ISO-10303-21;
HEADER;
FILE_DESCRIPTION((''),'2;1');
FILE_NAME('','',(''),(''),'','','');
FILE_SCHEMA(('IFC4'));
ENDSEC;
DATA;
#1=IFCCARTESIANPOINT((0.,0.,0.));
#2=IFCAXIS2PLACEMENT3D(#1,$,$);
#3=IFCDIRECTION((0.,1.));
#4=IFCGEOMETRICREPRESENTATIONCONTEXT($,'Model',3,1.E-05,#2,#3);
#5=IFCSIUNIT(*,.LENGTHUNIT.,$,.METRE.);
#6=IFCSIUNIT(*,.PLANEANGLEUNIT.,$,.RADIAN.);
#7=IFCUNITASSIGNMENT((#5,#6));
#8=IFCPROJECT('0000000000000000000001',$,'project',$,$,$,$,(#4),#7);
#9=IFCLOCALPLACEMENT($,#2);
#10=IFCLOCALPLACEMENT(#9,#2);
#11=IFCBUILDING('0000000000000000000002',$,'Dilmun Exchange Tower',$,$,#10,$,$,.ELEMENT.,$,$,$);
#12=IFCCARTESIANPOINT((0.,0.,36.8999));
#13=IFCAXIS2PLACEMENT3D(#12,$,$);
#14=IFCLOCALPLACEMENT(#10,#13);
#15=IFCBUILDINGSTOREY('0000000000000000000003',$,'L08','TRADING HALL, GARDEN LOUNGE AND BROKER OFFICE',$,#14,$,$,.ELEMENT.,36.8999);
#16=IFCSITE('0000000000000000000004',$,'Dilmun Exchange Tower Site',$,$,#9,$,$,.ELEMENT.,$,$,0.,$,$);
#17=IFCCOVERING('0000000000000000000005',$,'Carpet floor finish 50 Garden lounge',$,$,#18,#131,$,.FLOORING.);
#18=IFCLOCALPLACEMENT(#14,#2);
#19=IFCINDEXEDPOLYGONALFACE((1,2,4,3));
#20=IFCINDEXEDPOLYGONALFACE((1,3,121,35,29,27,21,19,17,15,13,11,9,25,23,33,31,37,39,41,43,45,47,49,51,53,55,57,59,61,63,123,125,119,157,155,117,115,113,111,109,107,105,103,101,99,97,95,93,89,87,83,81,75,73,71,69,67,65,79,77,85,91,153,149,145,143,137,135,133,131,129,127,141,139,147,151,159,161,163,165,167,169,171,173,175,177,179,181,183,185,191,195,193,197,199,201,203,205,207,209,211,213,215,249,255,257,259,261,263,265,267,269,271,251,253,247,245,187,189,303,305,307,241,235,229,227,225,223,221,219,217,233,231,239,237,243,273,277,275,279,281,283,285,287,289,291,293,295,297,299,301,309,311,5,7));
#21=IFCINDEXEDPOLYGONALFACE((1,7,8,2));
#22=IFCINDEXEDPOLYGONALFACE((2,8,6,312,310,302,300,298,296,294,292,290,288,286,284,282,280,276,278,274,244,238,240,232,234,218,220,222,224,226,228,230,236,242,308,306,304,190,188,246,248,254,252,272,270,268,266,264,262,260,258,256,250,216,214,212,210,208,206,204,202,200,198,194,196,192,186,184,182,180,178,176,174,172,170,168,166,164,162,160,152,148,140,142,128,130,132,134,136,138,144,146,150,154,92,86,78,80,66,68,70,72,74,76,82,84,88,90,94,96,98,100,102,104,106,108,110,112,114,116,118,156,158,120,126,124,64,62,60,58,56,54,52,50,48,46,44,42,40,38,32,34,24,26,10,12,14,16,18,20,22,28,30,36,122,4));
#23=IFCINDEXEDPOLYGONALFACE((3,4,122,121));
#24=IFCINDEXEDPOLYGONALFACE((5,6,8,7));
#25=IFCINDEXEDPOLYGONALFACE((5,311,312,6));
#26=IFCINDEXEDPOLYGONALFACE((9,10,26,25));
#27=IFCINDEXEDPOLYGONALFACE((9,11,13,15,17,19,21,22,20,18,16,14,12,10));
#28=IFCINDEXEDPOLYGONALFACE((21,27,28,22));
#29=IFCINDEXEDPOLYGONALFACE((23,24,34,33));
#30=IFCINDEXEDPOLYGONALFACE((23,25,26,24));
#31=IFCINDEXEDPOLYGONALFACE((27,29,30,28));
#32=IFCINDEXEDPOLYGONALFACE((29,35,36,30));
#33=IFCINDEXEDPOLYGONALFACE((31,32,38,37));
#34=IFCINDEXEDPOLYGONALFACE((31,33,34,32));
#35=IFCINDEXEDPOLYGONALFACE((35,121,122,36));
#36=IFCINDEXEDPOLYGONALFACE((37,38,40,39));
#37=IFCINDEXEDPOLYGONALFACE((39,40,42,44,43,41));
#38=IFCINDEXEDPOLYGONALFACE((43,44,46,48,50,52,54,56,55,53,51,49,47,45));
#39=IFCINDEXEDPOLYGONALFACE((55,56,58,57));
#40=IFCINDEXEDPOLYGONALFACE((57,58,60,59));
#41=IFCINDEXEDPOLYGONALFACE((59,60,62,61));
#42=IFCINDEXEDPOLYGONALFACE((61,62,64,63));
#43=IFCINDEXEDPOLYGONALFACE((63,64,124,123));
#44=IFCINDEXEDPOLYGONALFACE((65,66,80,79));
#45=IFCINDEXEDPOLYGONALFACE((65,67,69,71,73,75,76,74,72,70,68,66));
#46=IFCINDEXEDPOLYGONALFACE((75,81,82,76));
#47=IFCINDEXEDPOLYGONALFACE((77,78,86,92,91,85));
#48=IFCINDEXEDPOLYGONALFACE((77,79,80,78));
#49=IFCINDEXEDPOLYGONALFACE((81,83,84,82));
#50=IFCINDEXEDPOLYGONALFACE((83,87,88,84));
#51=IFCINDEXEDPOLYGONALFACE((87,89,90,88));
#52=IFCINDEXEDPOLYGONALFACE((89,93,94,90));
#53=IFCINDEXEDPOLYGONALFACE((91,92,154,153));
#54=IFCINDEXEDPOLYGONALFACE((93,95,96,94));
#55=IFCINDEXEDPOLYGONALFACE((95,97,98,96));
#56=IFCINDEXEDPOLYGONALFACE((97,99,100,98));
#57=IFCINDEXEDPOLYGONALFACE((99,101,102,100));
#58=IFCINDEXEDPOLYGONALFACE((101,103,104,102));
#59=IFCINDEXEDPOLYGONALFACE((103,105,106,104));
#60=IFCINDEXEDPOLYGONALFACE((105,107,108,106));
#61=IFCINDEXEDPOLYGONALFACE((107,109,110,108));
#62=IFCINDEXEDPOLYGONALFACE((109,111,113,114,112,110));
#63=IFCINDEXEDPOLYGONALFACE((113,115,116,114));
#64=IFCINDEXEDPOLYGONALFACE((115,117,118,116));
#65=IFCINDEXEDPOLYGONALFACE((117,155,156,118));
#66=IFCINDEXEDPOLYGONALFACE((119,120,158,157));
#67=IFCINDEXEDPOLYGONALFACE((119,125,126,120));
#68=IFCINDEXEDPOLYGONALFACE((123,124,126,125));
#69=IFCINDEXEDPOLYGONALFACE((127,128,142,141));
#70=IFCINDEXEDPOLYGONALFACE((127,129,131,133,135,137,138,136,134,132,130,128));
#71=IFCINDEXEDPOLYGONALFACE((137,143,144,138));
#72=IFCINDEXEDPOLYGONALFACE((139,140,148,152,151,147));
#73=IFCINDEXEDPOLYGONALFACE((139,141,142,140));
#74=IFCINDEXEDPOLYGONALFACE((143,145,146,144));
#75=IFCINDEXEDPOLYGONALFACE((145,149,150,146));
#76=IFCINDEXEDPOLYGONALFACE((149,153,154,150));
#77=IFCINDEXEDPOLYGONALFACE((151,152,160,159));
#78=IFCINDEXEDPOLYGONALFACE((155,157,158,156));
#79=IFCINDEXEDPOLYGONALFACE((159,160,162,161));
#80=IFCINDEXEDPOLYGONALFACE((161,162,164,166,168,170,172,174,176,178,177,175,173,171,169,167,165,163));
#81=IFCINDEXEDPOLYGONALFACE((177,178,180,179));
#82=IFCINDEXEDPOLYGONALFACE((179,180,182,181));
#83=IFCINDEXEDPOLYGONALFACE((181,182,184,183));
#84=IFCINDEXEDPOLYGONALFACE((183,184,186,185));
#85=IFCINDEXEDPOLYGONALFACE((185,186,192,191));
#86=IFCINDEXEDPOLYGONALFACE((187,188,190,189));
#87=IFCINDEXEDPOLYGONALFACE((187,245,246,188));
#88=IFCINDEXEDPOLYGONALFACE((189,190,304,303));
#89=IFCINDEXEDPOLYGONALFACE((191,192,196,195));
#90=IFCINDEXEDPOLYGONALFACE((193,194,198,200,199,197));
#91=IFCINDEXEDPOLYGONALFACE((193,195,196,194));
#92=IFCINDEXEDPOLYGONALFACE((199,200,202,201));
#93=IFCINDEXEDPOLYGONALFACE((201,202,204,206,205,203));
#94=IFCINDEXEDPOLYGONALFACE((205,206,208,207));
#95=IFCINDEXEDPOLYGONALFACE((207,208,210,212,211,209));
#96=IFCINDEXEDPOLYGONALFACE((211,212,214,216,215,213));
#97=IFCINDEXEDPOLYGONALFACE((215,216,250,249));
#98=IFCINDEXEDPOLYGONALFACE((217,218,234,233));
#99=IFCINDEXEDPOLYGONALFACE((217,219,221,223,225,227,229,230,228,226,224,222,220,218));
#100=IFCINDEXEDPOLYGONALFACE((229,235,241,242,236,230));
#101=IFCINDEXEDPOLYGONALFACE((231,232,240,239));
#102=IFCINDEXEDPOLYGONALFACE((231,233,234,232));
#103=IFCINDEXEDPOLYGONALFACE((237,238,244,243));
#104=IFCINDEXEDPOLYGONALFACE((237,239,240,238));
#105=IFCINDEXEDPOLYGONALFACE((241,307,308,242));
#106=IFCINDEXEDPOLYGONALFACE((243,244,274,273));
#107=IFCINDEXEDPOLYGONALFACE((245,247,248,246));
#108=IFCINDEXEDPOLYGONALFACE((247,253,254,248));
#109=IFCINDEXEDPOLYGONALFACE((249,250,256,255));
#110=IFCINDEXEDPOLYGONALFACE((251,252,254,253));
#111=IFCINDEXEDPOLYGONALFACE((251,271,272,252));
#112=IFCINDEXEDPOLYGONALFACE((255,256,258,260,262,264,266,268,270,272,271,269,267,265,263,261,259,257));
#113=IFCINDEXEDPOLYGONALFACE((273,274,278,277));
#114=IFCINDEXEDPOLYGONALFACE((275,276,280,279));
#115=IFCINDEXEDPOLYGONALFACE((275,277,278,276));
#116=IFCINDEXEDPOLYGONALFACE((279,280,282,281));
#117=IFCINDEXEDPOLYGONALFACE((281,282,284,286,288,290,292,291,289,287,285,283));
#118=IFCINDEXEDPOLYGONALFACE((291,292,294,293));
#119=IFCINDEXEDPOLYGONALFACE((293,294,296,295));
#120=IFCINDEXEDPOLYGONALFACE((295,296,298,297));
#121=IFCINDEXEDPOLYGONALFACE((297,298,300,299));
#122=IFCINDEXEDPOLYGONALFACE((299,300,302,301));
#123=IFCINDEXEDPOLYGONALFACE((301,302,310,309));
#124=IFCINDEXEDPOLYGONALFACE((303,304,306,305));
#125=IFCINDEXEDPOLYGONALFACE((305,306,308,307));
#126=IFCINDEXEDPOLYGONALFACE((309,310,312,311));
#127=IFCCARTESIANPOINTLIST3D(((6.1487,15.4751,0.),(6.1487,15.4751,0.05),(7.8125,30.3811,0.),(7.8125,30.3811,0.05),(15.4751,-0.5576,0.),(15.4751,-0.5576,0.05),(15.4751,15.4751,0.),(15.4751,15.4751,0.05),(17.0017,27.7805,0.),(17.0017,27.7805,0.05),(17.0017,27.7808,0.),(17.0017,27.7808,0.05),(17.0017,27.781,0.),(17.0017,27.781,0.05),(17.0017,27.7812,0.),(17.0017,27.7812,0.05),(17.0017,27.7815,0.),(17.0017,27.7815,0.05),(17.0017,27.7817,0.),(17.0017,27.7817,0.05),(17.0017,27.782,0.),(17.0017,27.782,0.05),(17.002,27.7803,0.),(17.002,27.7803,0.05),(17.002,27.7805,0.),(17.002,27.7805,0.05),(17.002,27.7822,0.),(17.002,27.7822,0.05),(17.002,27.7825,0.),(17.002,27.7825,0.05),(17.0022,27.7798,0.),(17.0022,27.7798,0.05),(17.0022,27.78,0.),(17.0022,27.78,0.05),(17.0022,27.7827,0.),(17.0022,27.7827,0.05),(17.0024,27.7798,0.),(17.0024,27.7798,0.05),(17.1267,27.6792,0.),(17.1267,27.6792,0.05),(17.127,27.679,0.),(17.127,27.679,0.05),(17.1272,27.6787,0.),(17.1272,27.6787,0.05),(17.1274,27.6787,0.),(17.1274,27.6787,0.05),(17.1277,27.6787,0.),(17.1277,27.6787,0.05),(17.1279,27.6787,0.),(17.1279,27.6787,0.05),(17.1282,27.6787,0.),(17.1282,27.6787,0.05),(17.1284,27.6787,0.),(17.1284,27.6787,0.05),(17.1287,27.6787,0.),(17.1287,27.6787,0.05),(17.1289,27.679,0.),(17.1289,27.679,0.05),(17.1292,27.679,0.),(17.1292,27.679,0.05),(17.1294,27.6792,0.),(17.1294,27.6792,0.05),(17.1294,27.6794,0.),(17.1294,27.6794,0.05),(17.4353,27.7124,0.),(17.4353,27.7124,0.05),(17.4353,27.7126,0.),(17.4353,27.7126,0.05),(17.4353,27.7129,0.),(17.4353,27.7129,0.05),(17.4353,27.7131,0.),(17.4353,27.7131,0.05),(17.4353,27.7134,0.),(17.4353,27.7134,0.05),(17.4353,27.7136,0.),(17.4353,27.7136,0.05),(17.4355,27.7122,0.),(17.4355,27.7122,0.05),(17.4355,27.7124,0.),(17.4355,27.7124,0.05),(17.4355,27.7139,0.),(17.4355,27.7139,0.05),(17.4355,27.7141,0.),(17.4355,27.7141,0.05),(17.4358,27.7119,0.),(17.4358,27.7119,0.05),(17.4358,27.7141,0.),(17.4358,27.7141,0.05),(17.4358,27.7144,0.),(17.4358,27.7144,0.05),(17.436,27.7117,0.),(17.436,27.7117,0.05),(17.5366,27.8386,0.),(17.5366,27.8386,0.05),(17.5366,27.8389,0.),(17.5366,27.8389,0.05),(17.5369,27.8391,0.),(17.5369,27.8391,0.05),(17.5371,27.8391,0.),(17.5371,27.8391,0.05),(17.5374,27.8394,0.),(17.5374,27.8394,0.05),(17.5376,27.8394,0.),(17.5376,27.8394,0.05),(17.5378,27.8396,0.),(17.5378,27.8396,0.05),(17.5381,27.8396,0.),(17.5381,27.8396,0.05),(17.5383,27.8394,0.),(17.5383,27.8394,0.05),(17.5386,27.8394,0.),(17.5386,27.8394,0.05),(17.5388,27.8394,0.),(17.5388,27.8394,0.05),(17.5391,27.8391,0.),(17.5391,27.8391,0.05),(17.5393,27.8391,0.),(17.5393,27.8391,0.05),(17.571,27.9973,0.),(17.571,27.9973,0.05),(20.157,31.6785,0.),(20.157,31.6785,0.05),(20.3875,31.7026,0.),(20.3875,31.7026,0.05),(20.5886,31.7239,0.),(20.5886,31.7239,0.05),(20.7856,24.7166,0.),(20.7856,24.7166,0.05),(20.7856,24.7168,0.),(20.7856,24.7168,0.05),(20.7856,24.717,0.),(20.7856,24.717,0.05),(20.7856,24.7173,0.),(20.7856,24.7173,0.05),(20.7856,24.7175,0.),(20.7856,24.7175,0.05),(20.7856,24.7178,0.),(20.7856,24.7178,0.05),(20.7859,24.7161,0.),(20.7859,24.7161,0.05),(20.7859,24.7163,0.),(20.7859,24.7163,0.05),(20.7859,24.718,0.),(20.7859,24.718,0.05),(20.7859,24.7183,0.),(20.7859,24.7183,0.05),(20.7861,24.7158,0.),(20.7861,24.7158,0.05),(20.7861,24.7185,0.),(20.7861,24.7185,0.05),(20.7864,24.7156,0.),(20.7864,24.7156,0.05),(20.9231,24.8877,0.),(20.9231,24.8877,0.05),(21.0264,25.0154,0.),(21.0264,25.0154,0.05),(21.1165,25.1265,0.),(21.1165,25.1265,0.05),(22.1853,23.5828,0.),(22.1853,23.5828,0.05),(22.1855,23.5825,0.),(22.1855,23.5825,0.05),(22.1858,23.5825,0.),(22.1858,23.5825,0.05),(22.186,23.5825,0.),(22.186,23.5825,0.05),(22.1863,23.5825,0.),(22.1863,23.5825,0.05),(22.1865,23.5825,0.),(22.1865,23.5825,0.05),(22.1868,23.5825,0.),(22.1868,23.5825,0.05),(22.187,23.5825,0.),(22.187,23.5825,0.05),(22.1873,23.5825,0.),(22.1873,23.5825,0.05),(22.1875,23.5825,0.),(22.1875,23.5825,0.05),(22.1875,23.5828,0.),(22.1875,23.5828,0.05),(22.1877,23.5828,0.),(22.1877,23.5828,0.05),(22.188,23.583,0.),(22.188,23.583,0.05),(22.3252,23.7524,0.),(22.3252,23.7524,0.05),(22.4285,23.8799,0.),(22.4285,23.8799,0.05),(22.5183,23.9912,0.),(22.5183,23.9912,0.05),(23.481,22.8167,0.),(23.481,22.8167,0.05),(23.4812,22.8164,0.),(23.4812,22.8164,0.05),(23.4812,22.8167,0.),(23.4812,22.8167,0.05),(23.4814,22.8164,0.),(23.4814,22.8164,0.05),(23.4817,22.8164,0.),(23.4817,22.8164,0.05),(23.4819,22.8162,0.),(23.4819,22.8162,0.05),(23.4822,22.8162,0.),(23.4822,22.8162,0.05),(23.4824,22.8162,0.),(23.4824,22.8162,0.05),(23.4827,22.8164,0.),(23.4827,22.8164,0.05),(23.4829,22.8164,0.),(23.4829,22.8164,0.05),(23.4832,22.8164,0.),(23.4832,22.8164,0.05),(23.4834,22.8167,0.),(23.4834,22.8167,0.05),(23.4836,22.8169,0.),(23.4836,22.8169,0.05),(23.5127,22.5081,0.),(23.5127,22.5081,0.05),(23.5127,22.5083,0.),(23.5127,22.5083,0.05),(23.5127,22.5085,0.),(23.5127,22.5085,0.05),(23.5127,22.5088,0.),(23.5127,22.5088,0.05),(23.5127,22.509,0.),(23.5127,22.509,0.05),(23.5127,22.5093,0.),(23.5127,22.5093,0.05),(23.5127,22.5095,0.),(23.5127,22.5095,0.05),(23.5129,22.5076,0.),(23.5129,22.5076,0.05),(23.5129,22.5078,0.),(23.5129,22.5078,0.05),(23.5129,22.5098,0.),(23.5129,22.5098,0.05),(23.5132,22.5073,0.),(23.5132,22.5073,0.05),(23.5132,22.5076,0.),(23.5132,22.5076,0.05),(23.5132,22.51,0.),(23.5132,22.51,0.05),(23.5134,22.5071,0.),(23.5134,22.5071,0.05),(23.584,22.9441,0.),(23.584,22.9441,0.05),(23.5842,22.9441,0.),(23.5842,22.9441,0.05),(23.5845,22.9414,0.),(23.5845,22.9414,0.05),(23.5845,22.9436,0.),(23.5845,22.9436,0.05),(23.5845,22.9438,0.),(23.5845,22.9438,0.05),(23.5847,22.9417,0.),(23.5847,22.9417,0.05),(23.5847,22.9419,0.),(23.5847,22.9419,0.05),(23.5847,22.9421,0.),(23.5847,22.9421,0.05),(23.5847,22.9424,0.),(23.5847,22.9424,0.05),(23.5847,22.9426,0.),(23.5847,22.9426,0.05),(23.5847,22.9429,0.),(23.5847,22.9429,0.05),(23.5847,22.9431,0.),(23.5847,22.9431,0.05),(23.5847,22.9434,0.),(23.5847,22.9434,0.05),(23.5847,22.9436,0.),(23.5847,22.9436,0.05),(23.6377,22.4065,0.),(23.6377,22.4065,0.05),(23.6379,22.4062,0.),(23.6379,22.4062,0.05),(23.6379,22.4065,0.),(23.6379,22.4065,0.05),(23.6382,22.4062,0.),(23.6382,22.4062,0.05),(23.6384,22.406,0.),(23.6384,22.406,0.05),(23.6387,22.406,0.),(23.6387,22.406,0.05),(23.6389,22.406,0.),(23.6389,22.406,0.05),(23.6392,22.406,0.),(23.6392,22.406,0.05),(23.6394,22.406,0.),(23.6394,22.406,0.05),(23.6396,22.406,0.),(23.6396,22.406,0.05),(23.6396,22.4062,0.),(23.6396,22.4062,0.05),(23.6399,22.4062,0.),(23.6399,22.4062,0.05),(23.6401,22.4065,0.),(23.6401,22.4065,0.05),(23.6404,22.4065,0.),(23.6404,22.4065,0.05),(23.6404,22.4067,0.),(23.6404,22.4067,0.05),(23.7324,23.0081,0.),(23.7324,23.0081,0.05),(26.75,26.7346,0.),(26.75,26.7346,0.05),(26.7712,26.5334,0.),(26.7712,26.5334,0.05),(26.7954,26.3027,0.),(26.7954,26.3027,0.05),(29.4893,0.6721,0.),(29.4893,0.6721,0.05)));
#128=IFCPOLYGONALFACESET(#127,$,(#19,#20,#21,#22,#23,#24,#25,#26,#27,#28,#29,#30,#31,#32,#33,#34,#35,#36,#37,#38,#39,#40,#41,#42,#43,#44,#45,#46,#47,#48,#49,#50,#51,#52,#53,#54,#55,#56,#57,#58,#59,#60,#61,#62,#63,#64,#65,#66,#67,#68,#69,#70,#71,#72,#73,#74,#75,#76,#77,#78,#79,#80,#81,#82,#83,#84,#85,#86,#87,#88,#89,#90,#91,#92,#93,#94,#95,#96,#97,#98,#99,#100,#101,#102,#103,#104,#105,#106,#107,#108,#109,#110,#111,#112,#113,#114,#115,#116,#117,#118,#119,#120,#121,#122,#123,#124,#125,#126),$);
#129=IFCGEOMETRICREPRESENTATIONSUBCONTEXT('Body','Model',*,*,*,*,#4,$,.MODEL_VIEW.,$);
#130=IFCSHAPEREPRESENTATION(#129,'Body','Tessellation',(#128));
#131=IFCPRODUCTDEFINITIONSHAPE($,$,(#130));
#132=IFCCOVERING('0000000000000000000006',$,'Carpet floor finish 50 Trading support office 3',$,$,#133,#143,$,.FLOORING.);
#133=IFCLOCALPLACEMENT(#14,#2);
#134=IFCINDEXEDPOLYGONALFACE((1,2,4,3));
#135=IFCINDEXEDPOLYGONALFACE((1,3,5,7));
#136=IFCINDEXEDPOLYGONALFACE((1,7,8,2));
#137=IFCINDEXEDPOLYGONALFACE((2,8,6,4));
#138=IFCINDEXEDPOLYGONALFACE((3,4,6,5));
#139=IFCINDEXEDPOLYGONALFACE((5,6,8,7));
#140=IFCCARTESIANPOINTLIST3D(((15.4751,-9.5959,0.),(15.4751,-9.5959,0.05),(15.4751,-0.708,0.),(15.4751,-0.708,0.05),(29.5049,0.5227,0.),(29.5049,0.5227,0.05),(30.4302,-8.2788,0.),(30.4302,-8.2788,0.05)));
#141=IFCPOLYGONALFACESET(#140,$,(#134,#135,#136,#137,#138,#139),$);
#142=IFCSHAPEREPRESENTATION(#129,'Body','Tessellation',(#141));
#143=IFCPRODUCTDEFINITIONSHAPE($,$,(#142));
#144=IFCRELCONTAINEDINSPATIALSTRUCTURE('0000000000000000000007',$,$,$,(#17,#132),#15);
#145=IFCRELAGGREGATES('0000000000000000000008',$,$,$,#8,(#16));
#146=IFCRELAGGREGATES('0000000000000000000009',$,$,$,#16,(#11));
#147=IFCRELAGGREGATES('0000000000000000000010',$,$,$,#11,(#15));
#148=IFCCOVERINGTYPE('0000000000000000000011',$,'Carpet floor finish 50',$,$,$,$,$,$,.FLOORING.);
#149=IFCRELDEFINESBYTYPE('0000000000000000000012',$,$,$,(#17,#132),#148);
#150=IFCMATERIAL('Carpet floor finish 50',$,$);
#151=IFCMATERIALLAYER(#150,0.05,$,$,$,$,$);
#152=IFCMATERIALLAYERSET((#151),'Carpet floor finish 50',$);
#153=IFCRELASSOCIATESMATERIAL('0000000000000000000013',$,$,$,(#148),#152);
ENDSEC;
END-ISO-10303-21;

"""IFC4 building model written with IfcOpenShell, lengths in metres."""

from ifc_helpers import new_model, si_unit, direction, frame, origin, place, context, subcontext, project, spatial, polyline, outline, extrude, material, layer, layer_set, type_object, element, save


model = new_model("IFC4")

# Units and contexts
model_context = context("Model", 3, precision=1e-05, world=origin(), true_north=direction((0.0, 1.0)))
body_context = subcontext(model_context, "Body", "Model", "MODEL_VIEW")
ifc_project = project(units=[si_unit("LENGTHUNIT", "METRE"), si_unit("PLANEANGLEUNIT", "RADIAN")], contexts=[model_context])

# Site, building, storey
site_placement = place(None, origin())
site = spatial("IfcSite", under=ifc_project, at=site_placement, Name="Dilmun Exchange Tower Site", CompositionType="ELEMENT", RefElevation=0.0)
building_placement = place(site_placement, origin())
building = spatial("IfcBuilding", under=site, at=building_placement, Name="Dilmun Exchange Tower", CompositionType="ELEMENT")
storey_placement = place(building_placement, frame((0.0, 0.0, 36.8999)))
storey = spatial("IfcBuildingStorey", under=building, at=storey_placement, Name="L08", Description="TRADING HALL, GARDEN LOUNGE AND BROKER OFFICE", CompositionType="ELEMENT", Elevation=36.8999)

# Coverings
ifc_material_1 = material(Name="Carpet floor finish 50")
ifc_layer_1 = layer(ifc_material_1, 0.05)
ifc_layer_set_1 = layer_set([ifc_layer_1], Name="Carpet floor finish 50")
covering_type_1 = type_object("IfcCoveringType", Name="Carpet floor finish 50", PredefinedType="FLOORING", material=ifc_layer_set_1)
covering_1_placement = place(storey_placement, origin())
element("IfcCovering", 1, at=covering_1_placement, inside=storey, type_object=covering_type_1, Name="Carpet floor finish 50 Garden lounge", PredefinedType="FLOORING", context=body_context, shape_type="SweptSolid", body=[
    extrude(outline(polyline([(17.571, 27.9973), (21.1165, 25.1265), (21.0264, 25.0154), (17.5393, 27.8391), (17.5391, 27.8391), (17.5391, 27.8391), (17.5388, 27.8394), (17.5386, 27.8394), (17.5383, 27.8394), (17.5381, 27.8396), (17.5381, 27.8396), (17.5378, 27.8396), (17.5376, 27.8394), (17.5376, 27.8394), (17.5374, 27.8394), (17.5371, 27.8391), (17.5369, 27.8391), (17.5369, 27.8391), (17.5366, 27.8389), (17.5366, 27.8386), (17.4358, 27.7144), (17.4358, 27.7141), (17.4355, 27.7141), (17.4355, 27.7139), (17.4353, 27.7136), (17.4353, 27.7134), (17.4353, 27.7134), (17.4353, 27.7131), (17.4353, 27.7129), (17.4353, 27.7126), (17.4353, 27.7124), (17.4355, 27.7124), (17.4355, 27.7122), (17.4358, 27.7119), (17.4358, 27.7119), (17.436, 27.7117), (17.436, 27.7117), (20.9231, 24.8877), (20.7861, 24.7185), (20.7859, 24.7183), (20.7859, 24.718), (20.7859, 24.718), (20.7856, 24.7178), (20.7856, 24.7175), (20.7856, 24.7173), (20.7856, 24.717), (20.7856, 24.7168), (20.7856, 24.7168), (20.7856, 24.7166), (20.7859, 24.7163), (20.7859, 24.7163), (20.7859, 24.7161), (20.7861, 24.7158), (20.7861, 24.7158), (20.7864, 24.7156), (22.1853, 23.5828), (22.1853, 23.5828), (22.1855, 23.5825), (22.1858, 23.5825), (22.1858, 23.5825), (22.186, 23.5825), (22.1863, 23.5825), (22.1865, 23.5825), (22.1868, 23.5825), (22.187, 23.5825), (22.187, 23.5825), (22.1873, 23.5825), (22.1875, 23.5825), (22.1875, 23.5828), (22.1877, 23.5828), (22.188, 23.583), (22.188, 23.583), (22.3252, 23.7524), (23.481, 22.8167), (23.4812, 22.8167), (23.4812, 22.8164), (23.4814, 22.8164), (23.4817, 22.8164), (23.4817, 22.8164), (23.4819, 22.8162), (23.4822, 22.8162), (23.4824, 22.8162), (23.4827, 22.8164), (23.4827, 22.8164), (23.4829, 22.8164), (23.4832, 22.8164), (23.4834, 22.8167), (23.4834, 22.8167), (23.4836, 22.8169), (23.4836, 22.8169), (23.5845, 22.9414), (23.5845, 22.9414), (23.5847, 22.9417), (23.5847, 22.9419), (23.5847, 22.9419), (23.5847, 22.9421), (23.5847, 22.9424), (23.5847, 22.9426), (23.5847, 22.9429), (23.5847, 22.9431), (23.5847, 22.9431), (23.5847, 22.9434), (23.5847, 22.9436), (23.5845, 22.9436), (23.5845, 22.9438), (23.5842, 22.9441), (23.584, 22.9441), (22.4285, 23.8799), (22.5183, 23.9912), (23.7324, 23.0081), (26.75, 26.7346), (26.7712, 26.5334), (23.5132, 22.51), (23.5129, 22.5098), (23.5129, 22.5098), (23.5127, 22.5095), (23.5127, 22.5093), (23.5127, 22.509), (23.5127, 22.5088), (23.5127, 22.5088), (23.5127, 22.5085), (23.5127, 22.5083), (23.5127, 22.5083), (23.5127, 22.5081), (23.5129, 22.5078), (23.5129, 22.5076), (23.5132, 22.5076), (23.5132, 22.5073), (23.5134, 22.5071), (23.6377, 22.4065), (23.6379, 22.4065), (23.6379, 22.4062), (23.6382, 22.4062), (23.6384, 22.406), (23.6387, 22.406), (23.6389, 22.406), (23.6389, 22.406), (23.6392, 22.406), (23.6394, 22.406), (23.6396, 22.406), (23.6396, 22.4062), (23.6399, 22.4062), (23.6401, 22.4065), (23.6404, 22.4065), (23.6404, 22.4065), (23.6404, 22.4067), (26.7954, 26.3027), (29.4893, 0.6721), (15.4751, -0.5576), (15.4751, 15.4751), (6.1487, 15.4751), (7.8125, 30.3811), (20.157, 31.6785), (17.0022, 27.7827), (17.002, 27.7825), (17.002, 27.7822), (17.0017, 27.782), (17.0017, 27.782), (17.0017, 27.7817), (17.0017, 27.7815), (17.0017, 27.7812), (17.0017, 27.781), (17.0017, 27.781), (17.0017, 27.7808), (17.0017, 27.7805), (17.002, 27.7805), (17.002, 27.7803), (17.0022, 27.78), (17.0022, 27.7798), (17.0024, 27.7798), (17.1267, 27.6792), (17.127, 27.679), (17.127, 27.679), (17.1272, 27.6787), (17.1274, 27.6787), (17.1277, 27.6787), (17.1277, 27.6787), (17.1279, 27.6787), (17.1282, 27.6787), (17.1284, 27.6787), (17.1287, 27.6787), (17.1287, 27.6787), (17.1289, 27.679), (17.1292, 27.679), (17.1294, 27.6792), (17.1294, 27.6792), (17.1294, 27.6794), (20.3875, 31.7026), (20.5886, 31.7239), (17.571, 27.9973)])), origin(), (0.0, 0.0, 1.0), 0.05),
])
covering_2_placement = place(storey_placement, origin())
element("IfcCovering", 2, at=covering_2_placement, inside=storey, type_object=covering_type_1, Name="Carpet floor finish 50 Trading support office 3", PredefinedType="FLOORING", context=body_context, shape_type="SweptSolid", body=[
    extrude(outline(polyline([(15.4751, -9.5959), (15.4751, -0.708), (29.5049, 0.5227), (30.4302, -8.2788), (15.4751, -9.5959)])), origin(), (0.0, 0.0, 1.0), 0.05),
])

save(model, "model.ifc")
